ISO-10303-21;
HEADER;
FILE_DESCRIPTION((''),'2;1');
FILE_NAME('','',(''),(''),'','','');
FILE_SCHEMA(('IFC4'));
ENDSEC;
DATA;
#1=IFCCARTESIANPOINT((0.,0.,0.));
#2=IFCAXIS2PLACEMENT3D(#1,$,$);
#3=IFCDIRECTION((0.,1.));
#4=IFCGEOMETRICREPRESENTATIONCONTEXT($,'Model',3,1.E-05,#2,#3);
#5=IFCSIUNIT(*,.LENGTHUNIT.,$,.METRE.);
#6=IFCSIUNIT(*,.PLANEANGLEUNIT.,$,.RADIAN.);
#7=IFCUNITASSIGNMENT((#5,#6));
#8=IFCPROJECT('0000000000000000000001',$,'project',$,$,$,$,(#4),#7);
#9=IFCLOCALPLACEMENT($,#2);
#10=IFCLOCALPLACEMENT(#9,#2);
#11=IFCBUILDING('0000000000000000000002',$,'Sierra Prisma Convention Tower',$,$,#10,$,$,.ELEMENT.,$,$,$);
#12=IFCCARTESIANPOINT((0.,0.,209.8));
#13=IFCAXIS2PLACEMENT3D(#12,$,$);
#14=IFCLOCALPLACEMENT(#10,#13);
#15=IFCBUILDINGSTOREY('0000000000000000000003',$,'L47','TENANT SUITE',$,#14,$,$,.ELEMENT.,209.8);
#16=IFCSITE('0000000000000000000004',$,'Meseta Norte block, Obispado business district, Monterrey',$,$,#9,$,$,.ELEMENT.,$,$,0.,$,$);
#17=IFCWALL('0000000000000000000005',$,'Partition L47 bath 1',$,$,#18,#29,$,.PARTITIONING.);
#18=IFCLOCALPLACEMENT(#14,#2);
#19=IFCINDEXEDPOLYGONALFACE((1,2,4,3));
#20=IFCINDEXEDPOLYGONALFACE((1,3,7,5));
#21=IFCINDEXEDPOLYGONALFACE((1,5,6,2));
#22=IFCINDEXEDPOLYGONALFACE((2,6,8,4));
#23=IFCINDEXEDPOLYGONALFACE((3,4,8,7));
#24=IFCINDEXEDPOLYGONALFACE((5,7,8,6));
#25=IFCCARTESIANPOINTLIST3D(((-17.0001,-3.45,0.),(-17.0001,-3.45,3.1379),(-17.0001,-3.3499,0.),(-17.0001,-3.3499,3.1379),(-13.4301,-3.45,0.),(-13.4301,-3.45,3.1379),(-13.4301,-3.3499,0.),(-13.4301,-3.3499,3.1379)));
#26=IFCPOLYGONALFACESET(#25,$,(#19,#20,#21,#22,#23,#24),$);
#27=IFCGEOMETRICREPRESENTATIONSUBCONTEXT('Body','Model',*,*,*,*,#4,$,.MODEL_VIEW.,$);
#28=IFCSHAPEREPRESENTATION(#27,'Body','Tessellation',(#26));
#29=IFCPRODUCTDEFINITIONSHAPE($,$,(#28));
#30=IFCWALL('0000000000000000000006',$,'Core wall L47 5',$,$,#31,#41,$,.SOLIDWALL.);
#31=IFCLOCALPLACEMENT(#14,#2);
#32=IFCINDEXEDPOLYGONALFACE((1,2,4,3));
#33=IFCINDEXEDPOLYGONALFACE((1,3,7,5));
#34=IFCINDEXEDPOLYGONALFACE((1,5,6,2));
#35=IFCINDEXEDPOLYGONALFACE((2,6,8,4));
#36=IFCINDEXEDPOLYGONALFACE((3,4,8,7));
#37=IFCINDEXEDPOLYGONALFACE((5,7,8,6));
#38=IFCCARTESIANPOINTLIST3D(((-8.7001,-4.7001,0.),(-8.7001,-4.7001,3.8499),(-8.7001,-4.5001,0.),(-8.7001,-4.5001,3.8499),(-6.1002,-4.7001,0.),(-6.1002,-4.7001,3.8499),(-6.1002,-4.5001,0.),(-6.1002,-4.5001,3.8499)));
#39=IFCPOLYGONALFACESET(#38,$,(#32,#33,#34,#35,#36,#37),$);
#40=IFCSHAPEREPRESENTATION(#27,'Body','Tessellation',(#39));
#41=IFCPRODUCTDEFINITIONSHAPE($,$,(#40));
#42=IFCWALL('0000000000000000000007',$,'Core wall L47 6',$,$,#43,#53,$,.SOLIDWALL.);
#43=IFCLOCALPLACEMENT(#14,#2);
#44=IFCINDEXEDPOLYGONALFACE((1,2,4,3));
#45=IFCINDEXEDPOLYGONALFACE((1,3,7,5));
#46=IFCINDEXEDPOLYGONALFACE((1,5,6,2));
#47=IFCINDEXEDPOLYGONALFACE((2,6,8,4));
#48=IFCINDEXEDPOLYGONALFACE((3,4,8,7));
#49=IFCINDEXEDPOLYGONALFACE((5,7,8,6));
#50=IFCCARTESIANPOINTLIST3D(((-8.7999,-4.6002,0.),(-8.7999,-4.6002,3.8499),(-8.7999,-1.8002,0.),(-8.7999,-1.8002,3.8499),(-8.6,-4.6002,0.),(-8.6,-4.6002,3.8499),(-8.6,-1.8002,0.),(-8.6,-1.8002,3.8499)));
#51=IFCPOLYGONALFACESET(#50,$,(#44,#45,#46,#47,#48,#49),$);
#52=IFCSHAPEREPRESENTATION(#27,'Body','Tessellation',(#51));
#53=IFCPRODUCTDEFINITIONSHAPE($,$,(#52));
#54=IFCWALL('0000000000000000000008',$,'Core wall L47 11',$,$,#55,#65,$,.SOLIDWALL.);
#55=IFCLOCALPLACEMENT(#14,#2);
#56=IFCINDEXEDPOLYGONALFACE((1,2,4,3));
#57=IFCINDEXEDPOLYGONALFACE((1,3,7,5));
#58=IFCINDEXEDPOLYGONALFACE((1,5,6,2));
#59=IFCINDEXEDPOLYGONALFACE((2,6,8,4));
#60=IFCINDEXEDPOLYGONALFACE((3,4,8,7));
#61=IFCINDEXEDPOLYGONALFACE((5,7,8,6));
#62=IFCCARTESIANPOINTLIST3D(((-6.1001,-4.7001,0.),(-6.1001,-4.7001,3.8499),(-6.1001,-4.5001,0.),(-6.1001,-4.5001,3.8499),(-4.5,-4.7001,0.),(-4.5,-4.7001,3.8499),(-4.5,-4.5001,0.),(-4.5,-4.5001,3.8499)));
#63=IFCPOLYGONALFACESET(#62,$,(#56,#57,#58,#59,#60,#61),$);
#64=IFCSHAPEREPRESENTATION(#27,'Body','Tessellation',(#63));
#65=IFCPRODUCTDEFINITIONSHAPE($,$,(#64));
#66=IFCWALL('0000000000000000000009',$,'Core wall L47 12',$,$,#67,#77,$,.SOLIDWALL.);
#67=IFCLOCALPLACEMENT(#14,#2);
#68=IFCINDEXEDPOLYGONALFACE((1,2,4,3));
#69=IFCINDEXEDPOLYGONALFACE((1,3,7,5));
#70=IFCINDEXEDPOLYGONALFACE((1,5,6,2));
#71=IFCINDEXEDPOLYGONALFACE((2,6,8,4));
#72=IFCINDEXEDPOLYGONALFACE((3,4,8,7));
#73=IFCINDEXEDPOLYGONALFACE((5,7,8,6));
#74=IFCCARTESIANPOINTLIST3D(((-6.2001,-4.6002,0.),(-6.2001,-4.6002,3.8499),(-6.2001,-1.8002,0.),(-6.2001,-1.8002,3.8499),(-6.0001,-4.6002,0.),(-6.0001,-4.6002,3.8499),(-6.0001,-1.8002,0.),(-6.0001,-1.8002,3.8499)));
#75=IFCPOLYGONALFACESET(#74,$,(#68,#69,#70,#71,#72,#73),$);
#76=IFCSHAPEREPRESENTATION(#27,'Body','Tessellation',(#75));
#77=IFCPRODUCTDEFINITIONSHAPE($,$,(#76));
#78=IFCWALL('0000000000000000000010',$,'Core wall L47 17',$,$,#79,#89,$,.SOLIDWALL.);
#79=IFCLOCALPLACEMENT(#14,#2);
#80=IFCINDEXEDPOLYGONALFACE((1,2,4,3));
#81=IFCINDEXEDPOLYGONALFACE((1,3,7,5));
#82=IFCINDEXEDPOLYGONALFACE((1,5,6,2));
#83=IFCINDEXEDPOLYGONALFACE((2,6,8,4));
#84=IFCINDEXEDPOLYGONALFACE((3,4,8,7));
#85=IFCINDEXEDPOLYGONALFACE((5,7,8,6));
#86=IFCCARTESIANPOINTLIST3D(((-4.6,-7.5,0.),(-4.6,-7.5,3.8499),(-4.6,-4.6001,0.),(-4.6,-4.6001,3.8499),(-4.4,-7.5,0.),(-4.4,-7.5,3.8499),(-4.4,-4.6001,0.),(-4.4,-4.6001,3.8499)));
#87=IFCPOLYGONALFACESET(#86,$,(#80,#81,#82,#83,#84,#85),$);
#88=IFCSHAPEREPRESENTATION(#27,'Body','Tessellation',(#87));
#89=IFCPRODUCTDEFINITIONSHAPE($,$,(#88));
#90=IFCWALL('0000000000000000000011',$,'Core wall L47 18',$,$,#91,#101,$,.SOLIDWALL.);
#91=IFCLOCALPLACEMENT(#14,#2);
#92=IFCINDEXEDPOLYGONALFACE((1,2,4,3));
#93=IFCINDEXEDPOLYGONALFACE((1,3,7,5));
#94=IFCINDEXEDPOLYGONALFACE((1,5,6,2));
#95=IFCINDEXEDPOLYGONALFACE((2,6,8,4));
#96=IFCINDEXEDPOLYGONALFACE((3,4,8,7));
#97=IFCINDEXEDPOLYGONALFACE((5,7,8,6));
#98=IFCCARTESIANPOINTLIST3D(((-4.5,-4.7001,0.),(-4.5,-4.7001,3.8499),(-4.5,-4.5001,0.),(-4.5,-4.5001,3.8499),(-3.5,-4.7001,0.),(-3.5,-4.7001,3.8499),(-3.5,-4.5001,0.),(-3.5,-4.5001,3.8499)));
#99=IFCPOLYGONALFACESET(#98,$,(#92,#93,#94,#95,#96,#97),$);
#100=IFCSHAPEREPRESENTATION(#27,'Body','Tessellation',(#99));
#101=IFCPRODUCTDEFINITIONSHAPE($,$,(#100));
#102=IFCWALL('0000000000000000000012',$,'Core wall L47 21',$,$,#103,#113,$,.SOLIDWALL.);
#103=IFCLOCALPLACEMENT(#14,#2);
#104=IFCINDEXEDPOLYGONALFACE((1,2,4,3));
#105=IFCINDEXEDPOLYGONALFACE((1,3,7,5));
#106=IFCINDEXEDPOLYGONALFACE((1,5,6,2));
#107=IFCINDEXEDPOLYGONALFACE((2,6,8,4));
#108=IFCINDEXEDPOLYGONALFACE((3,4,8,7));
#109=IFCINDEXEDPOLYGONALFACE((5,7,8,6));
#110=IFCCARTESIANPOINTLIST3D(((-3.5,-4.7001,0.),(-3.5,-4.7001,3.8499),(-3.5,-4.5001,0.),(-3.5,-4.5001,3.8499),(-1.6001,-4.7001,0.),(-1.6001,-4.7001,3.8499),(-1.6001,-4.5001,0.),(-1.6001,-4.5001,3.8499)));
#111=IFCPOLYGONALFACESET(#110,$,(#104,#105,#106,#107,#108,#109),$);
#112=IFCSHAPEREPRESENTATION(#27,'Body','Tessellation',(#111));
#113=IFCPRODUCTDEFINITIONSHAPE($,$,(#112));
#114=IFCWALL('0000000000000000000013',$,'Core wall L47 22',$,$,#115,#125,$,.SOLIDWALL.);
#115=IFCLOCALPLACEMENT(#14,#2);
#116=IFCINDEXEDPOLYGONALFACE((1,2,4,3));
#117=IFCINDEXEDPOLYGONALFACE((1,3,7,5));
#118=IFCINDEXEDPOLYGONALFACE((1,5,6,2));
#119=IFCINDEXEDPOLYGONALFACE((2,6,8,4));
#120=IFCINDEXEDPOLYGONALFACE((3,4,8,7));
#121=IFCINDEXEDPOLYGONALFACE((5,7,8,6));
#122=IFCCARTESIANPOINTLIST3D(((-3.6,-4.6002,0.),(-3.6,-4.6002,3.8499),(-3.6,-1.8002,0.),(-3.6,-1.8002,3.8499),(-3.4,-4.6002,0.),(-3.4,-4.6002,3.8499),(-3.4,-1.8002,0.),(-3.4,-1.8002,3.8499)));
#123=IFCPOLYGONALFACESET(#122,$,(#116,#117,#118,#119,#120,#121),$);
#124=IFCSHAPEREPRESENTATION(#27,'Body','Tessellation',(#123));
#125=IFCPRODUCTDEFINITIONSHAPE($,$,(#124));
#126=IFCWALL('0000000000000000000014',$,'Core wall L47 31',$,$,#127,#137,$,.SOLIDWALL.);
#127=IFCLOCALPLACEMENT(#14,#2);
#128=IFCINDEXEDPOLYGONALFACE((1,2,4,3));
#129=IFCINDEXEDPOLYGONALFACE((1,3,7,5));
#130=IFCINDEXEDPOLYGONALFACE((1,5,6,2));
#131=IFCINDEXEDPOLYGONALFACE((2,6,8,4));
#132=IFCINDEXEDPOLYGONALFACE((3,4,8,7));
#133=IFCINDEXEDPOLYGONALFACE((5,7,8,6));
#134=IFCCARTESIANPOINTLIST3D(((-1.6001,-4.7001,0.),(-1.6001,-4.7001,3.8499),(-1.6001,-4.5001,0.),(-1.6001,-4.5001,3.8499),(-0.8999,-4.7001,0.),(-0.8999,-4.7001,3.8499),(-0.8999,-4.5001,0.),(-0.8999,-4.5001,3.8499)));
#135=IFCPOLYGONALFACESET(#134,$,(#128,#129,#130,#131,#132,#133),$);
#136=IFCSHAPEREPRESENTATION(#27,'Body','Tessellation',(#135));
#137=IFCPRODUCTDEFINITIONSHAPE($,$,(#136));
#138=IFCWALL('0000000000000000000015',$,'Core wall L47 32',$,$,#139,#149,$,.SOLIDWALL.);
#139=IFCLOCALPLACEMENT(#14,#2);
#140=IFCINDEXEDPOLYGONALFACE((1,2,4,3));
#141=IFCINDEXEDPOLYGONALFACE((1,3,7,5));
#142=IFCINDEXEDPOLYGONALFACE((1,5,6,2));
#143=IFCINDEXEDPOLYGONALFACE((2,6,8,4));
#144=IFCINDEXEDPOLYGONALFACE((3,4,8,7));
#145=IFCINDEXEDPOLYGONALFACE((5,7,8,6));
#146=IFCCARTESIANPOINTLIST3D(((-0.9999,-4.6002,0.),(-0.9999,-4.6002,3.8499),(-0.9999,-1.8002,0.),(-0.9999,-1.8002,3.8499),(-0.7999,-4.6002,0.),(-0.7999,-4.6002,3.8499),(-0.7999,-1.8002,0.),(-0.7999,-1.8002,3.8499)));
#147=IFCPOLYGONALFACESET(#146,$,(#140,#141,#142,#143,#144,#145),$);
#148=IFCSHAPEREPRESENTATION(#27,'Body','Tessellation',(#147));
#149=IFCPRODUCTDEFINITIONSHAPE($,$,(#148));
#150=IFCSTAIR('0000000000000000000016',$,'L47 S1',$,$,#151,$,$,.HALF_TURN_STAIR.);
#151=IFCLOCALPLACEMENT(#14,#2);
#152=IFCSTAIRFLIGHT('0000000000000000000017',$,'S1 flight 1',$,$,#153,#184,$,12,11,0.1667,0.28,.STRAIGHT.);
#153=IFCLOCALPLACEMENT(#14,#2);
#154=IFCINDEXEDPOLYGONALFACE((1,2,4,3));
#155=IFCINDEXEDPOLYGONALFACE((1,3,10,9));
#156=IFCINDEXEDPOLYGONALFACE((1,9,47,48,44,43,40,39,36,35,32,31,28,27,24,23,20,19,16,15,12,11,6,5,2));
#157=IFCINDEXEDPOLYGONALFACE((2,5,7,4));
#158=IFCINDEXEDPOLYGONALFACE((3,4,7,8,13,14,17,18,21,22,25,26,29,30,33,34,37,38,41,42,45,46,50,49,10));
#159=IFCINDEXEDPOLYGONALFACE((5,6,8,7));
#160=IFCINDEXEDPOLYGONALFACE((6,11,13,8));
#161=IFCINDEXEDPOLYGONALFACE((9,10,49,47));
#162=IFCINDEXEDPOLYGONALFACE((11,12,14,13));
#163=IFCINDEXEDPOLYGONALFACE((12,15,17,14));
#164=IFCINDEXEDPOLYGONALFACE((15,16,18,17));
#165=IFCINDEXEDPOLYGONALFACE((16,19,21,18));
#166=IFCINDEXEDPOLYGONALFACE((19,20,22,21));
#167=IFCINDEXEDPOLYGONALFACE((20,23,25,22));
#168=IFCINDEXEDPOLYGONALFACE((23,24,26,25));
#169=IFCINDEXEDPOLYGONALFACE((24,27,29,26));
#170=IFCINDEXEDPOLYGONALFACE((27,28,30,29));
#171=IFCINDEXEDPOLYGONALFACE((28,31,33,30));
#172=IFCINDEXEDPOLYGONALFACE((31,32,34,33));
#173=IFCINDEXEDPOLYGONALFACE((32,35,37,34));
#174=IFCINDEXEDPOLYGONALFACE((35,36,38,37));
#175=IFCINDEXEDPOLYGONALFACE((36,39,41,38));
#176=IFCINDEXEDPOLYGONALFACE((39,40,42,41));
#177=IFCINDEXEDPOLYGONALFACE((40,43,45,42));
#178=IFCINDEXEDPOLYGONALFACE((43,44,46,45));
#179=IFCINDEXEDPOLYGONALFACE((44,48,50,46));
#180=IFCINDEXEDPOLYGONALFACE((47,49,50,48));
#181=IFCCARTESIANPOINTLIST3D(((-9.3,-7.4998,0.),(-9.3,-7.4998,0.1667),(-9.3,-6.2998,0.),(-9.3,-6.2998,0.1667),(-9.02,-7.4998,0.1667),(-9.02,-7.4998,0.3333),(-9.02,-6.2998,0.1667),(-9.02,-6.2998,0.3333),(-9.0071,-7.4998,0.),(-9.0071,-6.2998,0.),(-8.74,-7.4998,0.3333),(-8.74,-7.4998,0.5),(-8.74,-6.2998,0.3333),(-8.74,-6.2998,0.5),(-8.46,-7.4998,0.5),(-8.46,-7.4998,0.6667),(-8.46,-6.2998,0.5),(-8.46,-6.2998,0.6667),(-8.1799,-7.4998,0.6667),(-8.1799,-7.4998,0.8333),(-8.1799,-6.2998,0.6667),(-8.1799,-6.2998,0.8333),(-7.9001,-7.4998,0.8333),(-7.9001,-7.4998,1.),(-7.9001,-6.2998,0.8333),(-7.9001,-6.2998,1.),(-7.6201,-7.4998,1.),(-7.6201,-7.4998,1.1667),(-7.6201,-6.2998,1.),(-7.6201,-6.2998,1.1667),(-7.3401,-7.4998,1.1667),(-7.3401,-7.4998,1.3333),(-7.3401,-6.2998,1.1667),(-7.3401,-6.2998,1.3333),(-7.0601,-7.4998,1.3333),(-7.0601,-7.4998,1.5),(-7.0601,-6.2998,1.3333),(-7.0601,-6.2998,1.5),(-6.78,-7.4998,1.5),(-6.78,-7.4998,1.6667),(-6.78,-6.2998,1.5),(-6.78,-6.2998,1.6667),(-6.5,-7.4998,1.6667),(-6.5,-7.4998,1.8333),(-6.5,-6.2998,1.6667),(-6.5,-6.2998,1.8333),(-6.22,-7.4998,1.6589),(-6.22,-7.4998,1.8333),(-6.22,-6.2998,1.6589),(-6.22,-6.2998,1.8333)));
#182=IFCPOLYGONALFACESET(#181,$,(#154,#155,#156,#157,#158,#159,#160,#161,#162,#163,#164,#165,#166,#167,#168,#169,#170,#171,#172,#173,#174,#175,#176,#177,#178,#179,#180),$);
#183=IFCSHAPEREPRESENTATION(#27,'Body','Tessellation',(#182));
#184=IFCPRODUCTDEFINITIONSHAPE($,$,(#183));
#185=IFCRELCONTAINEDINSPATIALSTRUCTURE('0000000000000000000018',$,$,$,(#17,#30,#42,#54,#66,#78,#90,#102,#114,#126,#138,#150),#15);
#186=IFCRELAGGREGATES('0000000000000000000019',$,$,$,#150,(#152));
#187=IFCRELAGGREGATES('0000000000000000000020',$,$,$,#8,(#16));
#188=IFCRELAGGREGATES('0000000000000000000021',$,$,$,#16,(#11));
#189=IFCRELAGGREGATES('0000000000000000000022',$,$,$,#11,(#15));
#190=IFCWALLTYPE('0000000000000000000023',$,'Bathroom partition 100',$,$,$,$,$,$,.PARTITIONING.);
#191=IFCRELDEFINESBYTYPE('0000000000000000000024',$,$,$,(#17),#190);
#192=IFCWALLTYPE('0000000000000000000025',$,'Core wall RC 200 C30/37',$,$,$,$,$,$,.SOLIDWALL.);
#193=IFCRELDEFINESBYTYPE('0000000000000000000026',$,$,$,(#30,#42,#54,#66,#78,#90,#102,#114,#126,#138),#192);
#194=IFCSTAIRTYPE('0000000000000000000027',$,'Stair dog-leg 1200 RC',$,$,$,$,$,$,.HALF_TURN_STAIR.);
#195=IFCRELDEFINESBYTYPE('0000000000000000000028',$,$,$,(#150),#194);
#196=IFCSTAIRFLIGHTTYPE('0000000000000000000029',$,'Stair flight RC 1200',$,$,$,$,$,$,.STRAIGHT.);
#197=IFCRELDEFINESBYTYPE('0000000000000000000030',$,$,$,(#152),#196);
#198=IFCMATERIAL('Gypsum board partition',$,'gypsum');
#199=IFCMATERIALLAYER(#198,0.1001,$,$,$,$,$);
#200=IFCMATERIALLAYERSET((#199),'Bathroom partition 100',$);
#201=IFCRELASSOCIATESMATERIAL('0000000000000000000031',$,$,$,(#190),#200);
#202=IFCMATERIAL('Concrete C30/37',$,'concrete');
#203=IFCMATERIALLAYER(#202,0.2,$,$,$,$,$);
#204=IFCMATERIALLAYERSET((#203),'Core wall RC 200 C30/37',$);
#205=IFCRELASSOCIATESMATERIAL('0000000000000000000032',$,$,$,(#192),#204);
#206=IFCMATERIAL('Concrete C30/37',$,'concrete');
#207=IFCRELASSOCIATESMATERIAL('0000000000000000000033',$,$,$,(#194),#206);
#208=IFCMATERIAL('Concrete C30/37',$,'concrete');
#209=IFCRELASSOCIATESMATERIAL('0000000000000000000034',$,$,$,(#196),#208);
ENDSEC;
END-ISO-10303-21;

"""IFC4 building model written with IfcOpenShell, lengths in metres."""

from ifc_helpers import new_model, si_unit, direction, frame, frame_2d, origin, place, context, subcontext, project, spatial, polyline, rectangle, outline, extrude, material, layer, layer_set, type_object, element, aggregate, save


model = new_model("IFC4")

# Units and contexts
model_context = context("Model", 3, precision=1e-05, world=origin(), true_north=direction((0.0, 1.0)))
body_context = subcontext(model_context, "Body", "Model", "MODEL_VIEW")
ifc_project = project(units=[si_unit("LENGTHUNIT", "METRE"), si_unit("PLANEANGLEUNIT", "RADIAN")], contexts=[model_context])

# Site, building, storey
site_placement = place(None, origin())
site = spatial("IfcSite", under=ifc_project, at=site_placement, Name="Meseta Norte block, Obispado business district, Monterrey", CompositionType="ELEMENT", RefElevation=0.0)
building_placement = place(site_placement, origin())
building = spatial("IfcBuilding", under=site, at=building_placement, Name="Sierra Prisma Convention Tower", CompositionType="ELEMENT")
storey_placement = place(building_placement, frame((0.0, 0.0, 209.8)))
storey = spatial("IfcBuildingStorey", under=building, at=storey_placement, Name="L47", Description="TENANT SUITE", CompositionType="ELEMENT", Elevation=209.8)

# Wall
ifc_material_1 = material(Name="Gypsum board partition", Category="gypsum")
ifc_layer_1 = layer(ifc_material_1, 0.1001)
ifc_layer_set_1 = layer_set([ifc_layer_1], Name="Bathroom partition 100")
wall_type_1 = type_object("IfcWallType", Name="Bathroom partition 100", PredefinedType="PARTITIONING", material=ifc_layer_set_1)
wall_1_placement = place(storey_placement, frame((-13.4299, -3.3999, 0.0), z_axis=(0.0, 0.0, 1.0), x_axis=(-1.0, 0.0, 0.0)))
element("IfcWall", 1, at=wall_1_placement, inside=storey, type_object=wall_type_1, Name="Partition L47 bath 1", PredefinedType="PARTITIONING", context=body_context, shape_type="SweptSolid", body=[
    extrude(rectangle(XDim=3.5701, YDim=0.1001, at=frame_2d((1.7852, 0.0))), origin(), (0.0, 0.0, 1.0), 3.1379),
])

# Shared definitions
ifc_material_2 = material(Name="Concrete C30/37", Category="concrete")
ifc_layer_2 = layer(ifc_material_2, 0.2)
ifc_layer_set_2 = layer_set([ifc_layer_2], Name="Core wall RC 200 C30/37")
wall_type_2 = type_object("IfcWallType", Name="Core wall RC 200 C30/37", PredefinedType="SOLIDWALL", material=ifc_layer_set_2)

# Walls
wall_2_placement = place(storey_placement, frame((-8.7, -4.6001, 0.0), z_axis=(0.0, 0.0, 1.0), x_axis=(1.0, 0.0, 0.0)))
element("IfcWall", 2, at=wall_2_placement, inside=storey, type_object=wall_type_2, Name="Core wall L47 5", PredefinedType="SOLIDWALL", context=body_context, shape_type="SweptSolid", body=[
    extrude(rectangle(XDim=2.5999, YDim=0.2, at=frame_2d((1.2998, 0.0))), origin(), (0.0, 0.0, 1.0), 3.8499),
])
wall_3_placement = place(storey_placement, frame((-8.7, -4.6001, 0.0), z_axis=(0.0, 0.0, 1.0), x_axis=(0.0, 1.0, 0.0)))
element("IfcWall", 3, at=wall_3_placement, inside=storey, type_object=wall_type_2, Name="Core wall L47 6", PredefinedType="SOLIDWALL", context=body_context, shape_type="SweptSolid", body=[
    extrude(rectangle(XDim=2.8, YDim=0.2, at=frame_2d((1.3999, 0.0))), origin(), (0.0, 0.0, 1.0), 3.8499),
])

# Walls
wall_4_placement = place(storey_placement, frame((-6.1001, -4.6001, 0.0), z_axis=(0.0, 0.0, 1.0), x_axis=(1.0, 0.0, 0.0)))
element("IfcWall", 4, at=wall_4_placement, inside=storey, type_object=wall_type_2, Name="Core wall L47 11", PredefinedType="SOLIDWALL", context=body_context, shape_type="SweptSolid", body=[
    extrude(rectangle(XDim=1.6001, YDim=0.2, at=frame_2d((0.8, 0.0))), origin(), (0.0, 0.0, 1.0), 3.8499),
])
wall_5_placement = place(storey_placement, frame((-6.1001, -4.6001, 0.0), z_axis=(0.0, 0.0, 1.0), x_axis=(0.0, 1.0, 0.0)))
element("IfcWall", 5, at=wall_5_placement, inside=storey, type_object=wall_type_2, Name="Core wall L47 12", PredefinedType="SOLIDWALL", context=body_context, shape_type="SweptSolid", body=[
    extrude(rectangle(XDim=2.8, YDim=0.2, at=frame_2d((1.3999, 0.0))), origin(), (0.0, 0.0, 1.0), 3.8499),
])
wall_6_placement = place(storey_placement, frame((-4.5, -4.6001, 0.0), z_axis=(0.0, 0.0, 1.0), x_axis=(0.0, -1.0, 0.0)))
element("IfcWall", 6, at=wall_6_placement, inside=storey, type_object=wall_type_2, Name="Core wall L47 17", PredefinedType="SOLIDWALL", context=body_context, shape_type="SweptSolid", body=[
    extrude(rectangle(XDim=2.8999, YDim=0.2, at=frame_2d((1.45, 0.0))), origin(), (0.0, 0.0, 1.0), 3.8499),
])
wall_7_placement = place(storey_placement, frame((-4.5, -4.6001, 0.0), z_axis=(0.0, 0.0, 1.0), x_axis=(1.0, 0.0, 0.0)))
element("IfcWall", 7, at=wall_7_placement, inside=storey, type_object=wall_type_2, Name="Core wall L47 18", PredefinedType="SOLIDWALL", context=body_context, shape_type="SweptSolid", body=[
    extrude(rectangle(XDim=1.0, YDim=0.2, at=frame_2d((0.5, 0.0))), origin(), (0.0, 0.0, 1.0), 3.8499),
])
wall_8_placement = place(storey_placement, frame((-3.5, -4.6001, 0.0), z_axis=(0.0, 0.0, 1.0), x_axis=(1.0, 0.0, 0.0)))
element("IfcWall", 8, at=wall_8_placement, inside=storey, type_object=wall_type_2, Name="Core wall L47 21", PredefinedType="SOLIDWALL", context=body_context, shape_type="SweptSolid", body=[
    extrude(rectangle(XDim=1.8999, YDim=0.2, at=frame_2d((0.95, 0.0))), origin(), (0.0, 0.0, 1.0), 3.8499),
])
wall_9_placement = place(storey_placement, frame((-3.5, -4.6001, 0.0), z_axis=(0.0, 0.0, 1.0), x_axis=(0.0, 1.0, 0.0)))
element("IfcWall", 9, at=wall_9_placement, inside=storey, type_object=wall_type_2, Name="Core wall L47 22", PredefinedType="SOLIDWALL", context=body_context, shape_type="SweptSolid", body=[
    extrude(rectangle(XDim=2.8, YDim=0.2, at=frame_2d((1.3999, 0.0))), origin(), (0.0, 0.0, 1.0), 3.8499),
])
wall_10_placement = place(storey_placement, frame((-1.6001, -4.6001, 0.0), z_axis=(0.0, 0.0, 1.0), x_axis=(1.0, 0.0, 0.0)))
element("IfcWall", 10, at=wall_10_placement, inside=storey, type_object=wall_type_2, Name="Core wall L47 31", PredefinedType="SOLIDWALL", context=body_context, shape_type="SweptSolid", body=[
    extrude(rectangle(XDim=0.7002, YDim=0.2, at=frame_2d((0.3501, 0.0))), origin(), (0.0, 0.0, 1.0), 3.8499),
])
wall_11_placement = place(storey_placement, frame((-0.8999, -4.6001, 0.0), z_axis=(0.0, 0.0, 1.0), x_axis=(0.0, 1.0, 0.0)))
element("IfcWall", 11, at=wall_11_placement, inside=storey, type_object=wall_type_2, Name="Core wall L47 32", PredefinedType="SOLIDWALL", context=body_context, shape_type="SweptSolid", body=[
    extrude(rectangle(XDim=2.8, YDim=0.2, at=frame_2d((1.3999, 0.0))), origin(), (0.0, 0.0, 1.0), 3.8499),
])

# Stair, stair flight
ifc_material_3 = material(Name="Concrete C30/37", Category="concrete")
stair_type = type_object("IfcStairType", Name="Stair dog-leg 1200 RC", PredefinedType="HALF_TURN_STAIR", material=ifc_material_3)
stair_placement = place(storey_placement, origin())
stair = element("IfcStair", 12, at=stair_placement, inside=storey, type_object=stair_type, Name="L47 S1", PredefinedType="HALF_TURN_STAIR")
ifc_material_4 = material(Name="Concrete C30/37", Category="concrete")
stair_flight_type = type_object("IfcStairFlightType", Name="Stair flight RC 1200", PredefinedType="STRAIGHT", material=ifc_material_4)
stair_flight_1_placement = place(storey_placement, frame((-9.3, -6.8999, 0.0), z_axis=(0.0, 0.0, 1.0), x_axis=(1.0, 0.0, 0.0)))
stair_flight_1 = element("IfcStairFlight", 13, at=stair_flight_1_placement, type_object=stair_flight_type, Name="S1 flight 1", NumberOfRisers=12, NumberOfTreads=11, PredefinedType="STRAIGHT", RiserHeight=0.1667, TreadLength=0.28, context=body_context, shape_type="SweptSolid", body=[
    extrude(outline(polyline([(0.0, 0.0), (0.0, 0.1667), (0.28, 0.1667), (0.28, 0.3333), (0.5601, 0.3333), (0.5601, 0.5), (0.8401, 0.5), (0.8401, 0.6667), (1.1201, 0.6667), (1.1201, 0.8333), (1.3999, 0.8333), (1.3999, 1.0), (1.6799, 1.0), (1.6799, 1.1667), (1.96, 1.1667), (1.96, 1.3333), (2.24, 1.3333), (2.24, 1.5), (2.52, 1.5), (2.52, 1.6667), (2.8, 1.6667), (2.8, 1.8333), (3.0801, 1.8333), (3.0801, 2.0), (3.0801, 1.6589), (0.293, 0.0), (0.0, 0.0)])), frame((0.0, 0.6001, 0.0), z_axis=(0.0, -1.0, 0.0), x_axis=(1.0, 0.0, 0.0)), (0.0, 0.0, 1.0), 1.2),
])
aggregate(stair, [stair_flight_1])

save(model, "model.ifc")
